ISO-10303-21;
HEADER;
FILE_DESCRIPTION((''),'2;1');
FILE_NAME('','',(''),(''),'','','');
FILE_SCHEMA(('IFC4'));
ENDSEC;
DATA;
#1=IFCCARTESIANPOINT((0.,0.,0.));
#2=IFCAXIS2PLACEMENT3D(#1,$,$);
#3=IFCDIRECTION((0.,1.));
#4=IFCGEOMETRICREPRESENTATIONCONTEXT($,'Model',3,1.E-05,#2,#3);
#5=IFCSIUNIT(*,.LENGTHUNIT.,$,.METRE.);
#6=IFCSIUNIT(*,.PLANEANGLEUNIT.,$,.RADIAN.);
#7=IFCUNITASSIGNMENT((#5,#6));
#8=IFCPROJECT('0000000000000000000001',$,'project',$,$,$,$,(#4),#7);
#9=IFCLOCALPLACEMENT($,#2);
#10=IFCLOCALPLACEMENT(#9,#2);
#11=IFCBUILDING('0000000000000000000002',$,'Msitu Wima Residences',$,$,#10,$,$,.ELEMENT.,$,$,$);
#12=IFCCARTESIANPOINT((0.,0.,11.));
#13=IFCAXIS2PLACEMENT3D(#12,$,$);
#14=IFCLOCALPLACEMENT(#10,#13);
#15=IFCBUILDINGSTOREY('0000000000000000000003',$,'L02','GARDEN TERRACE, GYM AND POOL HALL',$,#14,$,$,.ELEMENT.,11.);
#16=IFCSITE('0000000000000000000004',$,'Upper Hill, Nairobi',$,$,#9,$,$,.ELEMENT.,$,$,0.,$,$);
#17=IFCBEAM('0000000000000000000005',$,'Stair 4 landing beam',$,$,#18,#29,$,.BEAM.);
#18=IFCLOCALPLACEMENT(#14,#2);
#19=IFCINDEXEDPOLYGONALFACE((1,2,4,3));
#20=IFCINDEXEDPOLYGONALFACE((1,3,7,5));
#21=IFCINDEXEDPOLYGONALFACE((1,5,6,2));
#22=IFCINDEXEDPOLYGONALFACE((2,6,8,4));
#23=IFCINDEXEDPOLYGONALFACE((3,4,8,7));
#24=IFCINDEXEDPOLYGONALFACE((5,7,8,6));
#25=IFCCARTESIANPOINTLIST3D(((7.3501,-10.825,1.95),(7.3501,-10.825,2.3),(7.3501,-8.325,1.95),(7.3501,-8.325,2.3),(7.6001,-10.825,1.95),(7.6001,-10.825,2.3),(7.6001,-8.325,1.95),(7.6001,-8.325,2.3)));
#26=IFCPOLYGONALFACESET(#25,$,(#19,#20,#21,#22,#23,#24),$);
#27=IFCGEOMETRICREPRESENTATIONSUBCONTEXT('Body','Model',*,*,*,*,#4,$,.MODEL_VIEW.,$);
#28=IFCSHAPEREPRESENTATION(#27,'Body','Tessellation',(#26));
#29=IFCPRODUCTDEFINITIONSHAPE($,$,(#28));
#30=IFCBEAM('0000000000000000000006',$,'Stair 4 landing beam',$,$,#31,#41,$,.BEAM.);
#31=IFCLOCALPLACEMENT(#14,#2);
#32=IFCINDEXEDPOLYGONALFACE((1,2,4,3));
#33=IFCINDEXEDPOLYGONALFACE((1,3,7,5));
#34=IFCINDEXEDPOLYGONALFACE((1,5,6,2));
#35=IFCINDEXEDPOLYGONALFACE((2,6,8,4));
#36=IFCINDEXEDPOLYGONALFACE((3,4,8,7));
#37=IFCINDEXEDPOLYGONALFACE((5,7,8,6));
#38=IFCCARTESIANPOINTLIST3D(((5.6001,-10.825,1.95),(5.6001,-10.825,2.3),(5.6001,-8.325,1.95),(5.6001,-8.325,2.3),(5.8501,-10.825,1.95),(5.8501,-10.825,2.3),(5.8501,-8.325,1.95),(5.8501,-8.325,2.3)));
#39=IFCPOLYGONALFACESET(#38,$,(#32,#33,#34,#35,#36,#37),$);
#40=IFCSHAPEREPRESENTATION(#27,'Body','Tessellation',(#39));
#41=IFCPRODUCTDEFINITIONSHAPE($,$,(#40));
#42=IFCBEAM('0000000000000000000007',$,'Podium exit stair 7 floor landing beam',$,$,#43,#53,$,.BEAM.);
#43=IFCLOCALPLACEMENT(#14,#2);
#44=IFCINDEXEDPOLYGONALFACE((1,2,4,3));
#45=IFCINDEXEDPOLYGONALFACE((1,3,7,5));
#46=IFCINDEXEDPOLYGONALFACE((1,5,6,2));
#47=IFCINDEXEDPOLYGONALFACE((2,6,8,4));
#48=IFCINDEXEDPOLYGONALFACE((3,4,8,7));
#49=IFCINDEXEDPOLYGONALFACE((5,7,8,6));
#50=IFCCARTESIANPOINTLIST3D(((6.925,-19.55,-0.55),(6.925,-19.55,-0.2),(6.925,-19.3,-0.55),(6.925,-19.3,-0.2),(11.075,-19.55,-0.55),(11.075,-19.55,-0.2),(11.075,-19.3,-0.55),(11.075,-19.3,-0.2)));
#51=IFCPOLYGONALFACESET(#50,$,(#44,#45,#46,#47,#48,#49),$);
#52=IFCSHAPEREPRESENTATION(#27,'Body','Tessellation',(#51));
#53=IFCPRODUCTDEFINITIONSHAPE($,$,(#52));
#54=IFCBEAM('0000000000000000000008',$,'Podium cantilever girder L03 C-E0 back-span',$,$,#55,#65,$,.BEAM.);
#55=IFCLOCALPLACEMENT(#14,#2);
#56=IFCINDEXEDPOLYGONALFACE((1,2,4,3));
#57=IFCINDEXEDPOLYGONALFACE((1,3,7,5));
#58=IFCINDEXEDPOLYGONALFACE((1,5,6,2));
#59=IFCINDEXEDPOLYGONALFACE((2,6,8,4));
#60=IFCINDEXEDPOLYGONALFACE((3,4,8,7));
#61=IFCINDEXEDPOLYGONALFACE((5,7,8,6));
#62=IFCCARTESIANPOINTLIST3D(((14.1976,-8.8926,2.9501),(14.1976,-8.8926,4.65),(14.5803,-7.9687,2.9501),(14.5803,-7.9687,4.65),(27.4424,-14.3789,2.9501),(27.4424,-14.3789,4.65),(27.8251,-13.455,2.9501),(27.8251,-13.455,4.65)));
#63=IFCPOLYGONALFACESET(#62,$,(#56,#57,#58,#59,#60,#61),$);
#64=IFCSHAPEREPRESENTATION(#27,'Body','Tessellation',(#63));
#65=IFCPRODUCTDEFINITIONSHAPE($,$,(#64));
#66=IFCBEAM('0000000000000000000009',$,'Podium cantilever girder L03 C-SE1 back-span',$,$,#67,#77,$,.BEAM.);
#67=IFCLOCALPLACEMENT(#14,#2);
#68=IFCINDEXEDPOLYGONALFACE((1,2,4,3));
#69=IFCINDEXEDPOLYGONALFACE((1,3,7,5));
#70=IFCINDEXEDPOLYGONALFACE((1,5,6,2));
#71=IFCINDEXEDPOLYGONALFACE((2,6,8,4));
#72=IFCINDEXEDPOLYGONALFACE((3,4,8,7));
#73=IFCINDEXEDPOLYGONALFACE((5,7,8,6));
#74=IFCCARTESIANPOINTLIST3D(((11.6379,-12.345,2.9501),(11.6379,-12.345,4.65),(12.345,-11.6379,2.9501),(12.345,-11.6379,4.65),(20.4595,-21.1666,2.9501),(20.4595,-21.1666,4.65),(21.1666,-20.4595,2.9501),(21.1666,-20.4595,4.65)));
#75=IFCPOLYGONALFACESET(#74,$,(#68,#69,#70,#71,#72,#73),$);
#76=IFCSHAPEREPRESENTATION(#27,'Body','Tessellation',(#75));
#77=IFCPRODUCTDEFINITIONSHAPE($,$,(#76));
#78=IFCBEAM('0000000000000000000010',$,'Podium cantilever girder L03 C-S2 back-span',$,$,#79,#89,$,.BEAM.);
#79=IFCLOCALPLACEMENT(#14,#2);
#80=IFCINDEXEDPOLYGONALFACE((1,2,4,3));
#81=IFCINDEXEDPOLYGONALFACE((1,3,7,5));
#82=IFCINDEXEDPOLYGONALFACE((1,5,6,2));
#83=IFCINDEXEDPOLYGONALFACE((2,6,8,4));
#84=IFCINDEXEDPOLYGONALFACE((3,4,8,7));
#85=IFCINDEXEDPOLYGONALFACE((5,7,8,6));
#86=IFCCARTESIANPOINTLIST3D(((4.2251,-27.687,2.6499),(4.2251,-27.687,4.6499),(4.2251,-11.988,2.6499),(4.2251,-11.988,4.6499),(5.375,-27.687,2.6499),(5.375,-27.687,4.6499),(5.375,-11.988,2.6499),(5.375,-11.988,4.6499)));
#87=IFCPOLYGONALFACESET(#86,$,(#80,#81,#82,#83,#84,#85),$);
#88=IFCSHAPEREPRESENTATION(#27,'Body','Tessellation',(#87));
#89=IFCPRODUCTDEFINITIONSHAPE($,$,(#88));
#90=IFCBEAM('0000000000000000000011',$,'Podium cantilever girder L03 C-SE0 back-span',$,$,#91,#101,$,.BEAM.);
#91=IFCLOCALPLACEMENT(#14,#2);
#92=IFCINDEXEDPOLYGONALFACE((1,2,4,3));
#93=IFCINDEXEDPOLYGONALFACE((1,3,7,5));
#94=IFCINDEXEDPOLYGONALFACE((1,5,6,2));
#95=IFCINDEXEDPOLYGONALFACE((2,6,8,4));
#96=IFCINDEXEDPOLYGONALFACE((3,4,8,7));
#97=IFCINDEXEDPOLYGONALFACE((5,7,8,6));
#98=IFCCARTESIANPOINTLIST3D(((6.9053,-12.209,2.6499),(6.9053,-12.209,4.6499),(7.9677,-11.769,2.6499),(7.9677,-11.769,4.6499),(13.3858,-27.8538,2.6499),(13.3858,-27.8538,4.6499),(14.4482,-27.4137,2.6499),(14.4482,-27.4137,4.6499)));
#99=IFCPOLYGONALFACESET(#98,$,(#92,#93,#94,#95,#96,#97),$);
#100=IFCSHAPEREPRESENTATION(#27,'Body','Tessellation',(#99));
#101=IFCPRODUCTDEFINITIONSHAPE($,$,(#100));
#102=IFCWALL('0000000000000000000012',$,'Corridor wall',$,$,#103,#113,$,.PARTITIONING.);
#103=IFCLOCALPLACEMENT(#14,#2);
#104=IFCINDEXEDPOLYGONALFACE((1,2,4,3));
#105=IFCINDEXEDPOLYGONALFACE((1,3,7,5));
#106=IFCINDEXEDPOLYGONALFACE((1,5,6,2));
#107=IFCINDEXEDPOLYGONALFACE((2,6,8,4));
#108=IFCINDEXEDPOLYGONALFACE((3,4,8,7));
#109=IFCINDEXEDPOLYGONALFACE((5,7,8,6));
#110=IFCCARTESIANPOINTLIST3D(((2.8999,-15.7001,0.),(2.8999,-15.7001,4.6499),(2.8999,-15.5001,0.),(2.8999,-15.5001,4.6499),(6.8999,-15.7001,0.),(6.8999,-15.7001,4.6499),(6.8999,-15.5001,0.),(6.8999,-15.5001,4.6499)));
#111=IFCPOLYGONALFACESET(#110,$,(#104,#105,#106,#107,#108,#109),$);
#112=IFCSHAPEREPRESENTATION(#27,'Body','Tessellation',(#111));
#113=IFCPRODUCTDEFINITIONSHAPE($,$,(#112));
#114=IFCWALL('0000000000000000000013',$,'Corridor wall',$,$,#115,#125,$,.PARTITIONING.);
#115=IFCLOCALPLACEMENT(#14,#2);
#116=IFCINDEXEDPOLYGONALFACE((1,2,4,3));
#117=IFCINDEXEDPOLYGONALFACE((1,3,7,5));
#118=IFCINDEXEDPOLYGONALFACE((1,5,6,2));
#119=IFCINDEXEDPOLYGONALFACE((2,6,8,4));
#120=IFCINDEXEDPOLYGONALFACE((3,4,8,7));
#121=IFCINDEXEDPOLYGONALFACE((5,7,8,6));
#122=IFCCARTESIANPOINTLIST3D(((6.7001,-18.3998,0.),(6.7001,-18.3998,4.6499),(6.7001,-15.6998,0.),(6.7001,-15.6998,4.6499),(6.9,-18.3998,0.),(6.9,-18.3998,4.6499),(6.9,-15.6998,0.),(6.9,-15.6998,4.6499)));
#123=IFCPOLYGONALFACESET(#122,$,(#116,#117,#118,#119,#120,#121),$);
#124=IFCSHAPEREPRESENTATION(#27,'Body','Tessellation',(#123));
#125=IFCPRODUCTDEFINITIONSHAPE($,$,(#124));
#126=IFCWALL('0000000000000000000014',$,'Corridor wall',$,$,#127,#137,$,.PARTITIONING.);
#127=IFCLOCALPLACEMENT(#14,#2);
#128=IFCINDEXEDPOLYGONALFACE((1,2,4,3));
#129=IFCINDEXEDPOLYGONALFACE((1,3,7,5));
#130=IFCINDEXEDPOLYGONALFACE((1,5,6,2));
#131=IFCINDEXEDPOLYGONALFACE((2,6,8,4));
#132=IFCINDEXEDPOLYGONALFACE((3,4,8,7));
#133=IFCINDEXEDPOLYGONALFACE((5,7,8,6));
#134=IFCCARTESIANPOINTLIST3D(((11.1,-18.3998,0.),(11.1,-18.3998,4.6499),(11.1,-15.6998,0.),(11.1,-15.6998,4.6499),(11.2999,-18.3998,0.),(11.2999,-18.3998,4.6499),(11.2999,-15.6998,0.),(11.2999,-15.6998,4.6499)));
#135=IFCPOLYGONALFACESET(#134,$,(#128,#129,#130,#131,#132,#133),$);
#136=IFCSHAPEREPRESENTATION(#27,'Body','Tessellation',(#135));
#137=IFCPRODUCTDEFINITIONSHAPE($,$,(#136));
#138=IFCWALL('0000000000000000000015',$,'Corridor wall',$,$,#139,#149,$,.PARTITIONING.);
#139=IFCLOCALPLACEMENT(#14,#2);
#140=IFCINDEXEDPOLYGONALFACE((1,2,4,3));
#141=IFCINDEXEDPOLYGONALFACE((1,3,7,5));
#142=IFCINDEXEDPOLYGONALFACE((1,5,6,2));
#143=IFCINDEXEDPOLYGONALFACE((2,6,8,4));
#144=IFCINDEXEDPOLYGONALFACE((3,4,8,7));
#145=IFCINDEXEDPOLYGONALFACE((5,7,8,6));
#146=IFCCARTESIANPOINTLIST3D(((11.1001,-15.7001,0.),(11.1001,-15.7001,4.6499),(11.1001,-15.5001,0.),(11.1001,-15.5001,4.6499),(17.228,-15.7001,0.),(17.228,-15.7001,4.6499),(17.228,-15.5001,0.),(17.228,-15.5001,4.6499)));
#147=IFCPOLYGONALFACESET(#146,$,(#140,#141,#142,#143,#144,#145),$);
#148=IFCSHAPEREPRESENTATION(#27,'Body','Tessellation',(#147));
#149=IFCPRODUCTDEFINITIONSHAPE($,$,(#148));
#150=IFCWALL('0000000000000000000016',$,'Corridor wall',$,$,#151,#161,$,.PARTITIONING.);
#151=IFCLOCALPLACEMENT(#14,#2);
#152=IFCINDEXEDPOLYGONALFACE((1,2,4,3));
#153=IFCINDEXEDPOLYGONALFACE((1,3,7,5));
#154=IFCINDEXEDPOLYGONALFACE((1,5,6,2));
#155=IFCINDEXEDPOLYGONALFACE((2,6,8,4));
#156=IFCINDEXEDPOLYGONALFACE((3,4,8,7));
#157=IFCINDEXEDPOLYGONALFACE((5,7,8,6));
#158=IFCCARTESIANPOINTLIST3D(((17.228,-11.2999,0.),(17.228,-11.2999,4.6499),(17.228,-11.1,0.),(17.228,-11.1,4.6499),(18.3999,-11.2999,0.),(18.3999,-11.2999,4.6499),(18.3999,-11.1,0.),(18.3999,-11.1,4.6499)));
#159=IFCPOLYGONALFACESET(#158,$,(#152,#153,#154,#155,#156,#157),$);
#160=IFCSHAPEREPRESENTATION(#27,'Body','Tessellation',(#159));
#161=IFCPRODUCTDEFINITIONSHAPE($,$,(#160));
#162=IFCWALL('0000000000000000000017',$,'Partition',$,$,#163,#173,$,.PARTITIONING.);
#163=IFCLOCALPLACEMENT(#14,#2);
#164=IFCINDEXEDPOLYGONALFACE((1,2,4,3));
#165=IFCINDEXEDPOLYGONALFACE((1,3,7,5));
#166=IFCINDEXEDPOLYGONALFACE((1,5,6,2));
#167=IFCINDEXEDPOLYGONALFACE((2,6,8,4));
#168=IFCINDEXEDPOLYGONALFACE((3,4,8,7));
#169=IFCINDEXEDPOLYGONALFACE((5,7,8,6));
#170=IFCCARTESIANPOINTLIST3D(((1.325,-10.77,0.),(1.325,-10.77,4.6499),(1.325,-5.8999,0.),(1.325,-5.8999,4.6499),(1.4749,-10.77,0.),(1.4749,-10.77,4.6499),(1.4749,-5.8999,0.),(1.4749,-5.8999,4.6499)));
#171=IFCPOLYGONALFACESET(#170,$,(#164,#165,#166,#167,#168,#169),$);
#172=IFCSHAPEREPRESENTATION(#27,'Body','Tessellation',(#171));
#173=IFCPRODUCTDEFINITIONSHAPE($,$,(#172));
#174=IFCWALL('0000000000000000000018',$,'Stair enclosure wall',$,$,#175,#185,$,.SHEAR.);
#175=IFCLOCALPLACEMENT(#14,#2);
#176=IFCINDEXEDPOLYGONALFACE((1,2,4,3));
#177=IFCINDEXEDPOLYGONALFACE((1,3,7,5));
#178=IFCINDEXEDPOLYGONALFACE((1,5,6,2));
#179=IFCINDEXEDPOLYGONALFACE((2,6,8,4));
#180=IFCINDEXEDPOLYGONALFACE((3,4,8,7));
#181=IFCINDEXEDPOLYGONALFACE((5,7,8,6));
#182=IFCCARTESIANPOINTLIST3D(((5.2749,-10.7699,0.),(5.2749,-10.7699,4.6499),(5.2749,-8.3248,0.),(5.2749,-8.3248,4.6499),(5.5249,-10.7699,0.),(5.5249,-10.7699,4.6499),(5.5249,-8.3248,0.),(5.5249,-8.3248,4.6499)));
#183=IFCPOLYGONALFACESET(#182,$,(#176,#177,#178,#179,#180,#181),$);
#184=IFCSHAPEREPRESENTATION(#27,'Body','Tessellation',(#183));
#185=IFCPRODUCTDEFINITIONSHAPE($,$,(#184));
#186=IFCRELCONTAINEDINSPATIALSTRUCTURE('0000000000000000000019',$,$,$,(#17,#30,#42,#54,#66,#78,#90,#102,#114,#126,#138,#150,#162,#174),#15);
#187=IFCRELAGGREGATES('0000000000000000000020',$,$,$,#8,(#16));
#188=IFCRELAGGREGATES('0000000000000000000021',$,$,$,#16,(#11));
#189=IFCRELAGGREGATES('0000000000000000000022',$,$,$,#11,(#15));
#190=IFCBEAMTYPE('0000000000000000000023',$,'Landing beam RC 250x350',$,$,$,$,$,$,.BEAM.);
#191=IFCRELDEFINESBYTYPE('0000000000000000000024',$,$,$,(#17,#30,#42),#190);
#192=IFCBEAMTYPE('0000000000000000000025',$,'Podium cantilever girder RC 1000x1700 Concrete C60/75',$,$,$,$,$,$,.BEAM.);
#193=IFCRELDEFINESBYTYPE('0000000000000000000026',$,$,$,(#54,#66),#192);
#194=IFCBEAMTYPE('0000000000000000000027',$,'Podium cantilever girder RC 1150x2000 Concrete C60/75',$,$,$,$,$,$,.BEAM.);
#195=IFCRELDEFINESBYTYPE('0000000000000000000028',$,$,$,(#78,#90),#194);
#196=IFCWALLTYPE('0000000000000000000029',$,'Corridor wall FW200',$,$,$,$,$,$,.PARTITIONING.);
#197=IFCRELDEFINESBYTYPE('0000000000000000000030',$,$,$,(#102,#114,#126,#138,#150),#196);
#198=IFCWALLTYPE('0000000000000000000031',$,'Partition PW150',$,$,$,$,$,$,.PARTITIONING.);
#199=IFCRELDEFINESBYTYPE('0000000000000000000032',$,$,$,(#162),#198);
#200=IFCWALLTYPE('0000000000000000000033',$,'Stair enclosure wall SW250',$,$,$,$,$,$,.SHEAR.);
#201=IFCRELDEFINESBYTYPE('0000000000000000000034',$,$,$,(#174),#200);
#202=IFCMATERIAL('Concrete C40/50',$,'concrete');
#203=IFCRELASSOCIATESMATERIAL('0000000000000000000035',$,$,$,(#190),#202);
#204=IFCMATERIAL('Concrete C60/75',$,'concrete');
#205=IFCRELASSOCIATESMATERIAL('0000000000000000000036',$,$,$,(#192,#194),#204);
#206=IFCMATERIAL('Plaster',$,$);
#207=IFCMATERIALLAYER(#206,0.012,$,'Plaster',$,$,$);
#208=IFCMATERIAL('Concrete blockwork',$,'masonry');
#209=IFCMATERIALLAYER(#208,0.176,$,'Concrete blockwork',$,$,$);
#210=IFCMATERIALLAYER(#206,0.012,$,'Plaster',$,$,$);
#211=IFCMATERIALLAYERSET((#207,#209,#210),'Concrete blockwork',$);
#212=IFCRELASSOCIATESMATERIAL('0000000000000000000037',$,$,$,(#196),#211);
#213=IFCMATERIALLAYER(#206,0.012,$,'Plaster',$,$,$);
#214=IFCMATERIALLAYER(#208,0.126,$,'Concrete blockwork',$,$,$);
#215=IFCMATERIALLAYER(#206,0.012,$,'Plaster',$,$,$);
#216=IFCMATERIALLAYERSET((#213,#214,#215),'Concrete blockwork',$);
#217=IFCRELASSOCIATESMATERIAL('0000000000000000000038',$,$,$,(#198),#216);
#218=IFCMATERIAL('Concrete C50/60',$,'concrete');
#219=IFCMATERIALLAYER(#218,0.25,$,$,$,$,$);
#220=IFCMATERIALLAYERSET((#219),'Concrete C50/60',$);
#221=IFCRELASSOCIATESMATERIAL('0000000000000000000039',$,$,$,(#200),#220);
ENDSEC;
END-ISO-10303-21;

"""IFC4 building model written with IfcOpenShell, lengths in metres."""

from ifc_helpers import new_model, si_unit, direction, frame, frame_2d, origin, origin_2d, place, context, subcontext, project, spatial, rectangle, extrude, material, layer, layer_set, material_profile, profile_set, type_object, element, save


model = new_model("IFC4")

# Units and contexts
model_context = context("Model", 3, precision=1e-05, world=origin(), true_north=direction((0.0, 1.0)))
body_context = subcontext(model_context, "Body", "Model", "MODEL_VIEW")
ifc_project = project(units=[si_unit("LENGTHUNIT", "METRE"), si_unit("PLANEANGLEUNIT", "RADIAN")], contexts=[model_context])

# Site, building, storey
site_placement = place(None, origin())
site = spatial("IfcSite", under=ifc_project, at=site_placement, Name="Upper Hill, Nairobi", CompositionType="ELEMENT", RefElevation=0.0)
building_placement = place(site_placement, origin())
building = spatial("IfcBuilding", under=site, at=building_placement, Name="Msitu Wima Residences", CompositionType="ELEMENT")
storey_placement = place(building_placement, frame((0.0, 0.0, 11.0)))
storey = spatial("IfcBuildingStorey", under=building, at=storey_placement, Name="L02", Description="GARDEN TERRACE, GYM AND POOL HALL", CompositionType="ELEMENT", Elevation=11.0)

# Beams
ifc_material_1 = material(Name="Concrete C40/50", Category="concrete")
ifc_material_profile_1 = material_profile(ifc_material_1, rectangle(XDim=0.25, YDim=0.3501, at=origin_2d()), Name="RC 250x350")
ifc_profile_set_1 = profile_set([ifc_material_profile_1], Name="Concrete C40/50")
beam_type_1 = type_object("IfcBeamType", Name="Landing beam RC 250x350", PredefinedType="BEAM", material=ifc_profile_set_1)
for number, where, z_axis, x_axis, name in (
    (1, (7.4751, -10.825, 2.125), (0.0, 1.0, 0.0), (-1.0, 0.0, 0.0), "Stair 4 landing beam"),
    (2, (5.7251, -10.825, 2.125), (0.0, 1.0, 0.0), (-1.0, 0.0, 0.0), "Stair 4 landing beam"),
):
    element("IfcBeam", number, at=place(storey_placement, frame(where, z_axis=z_axis, x_axis=x_axis)), inside=storey, type_object=beam_type_1, Name=name, PredefinedType="BEAM", context=body_context, shape_type="SweptSolid", body=[
        extrude(rectangle(XDim=0.25, YDim=0.3501, at=origin_2d()), origin(), (0.0, 0.0, 1.0), 2.5),
    ])
beam_1_placement = place(storey_placement, frame((6.925, -19.425, -0.375), z_axis=(1.0, 0.0, 0.0), x_axis=(0.0, 1.0, 0.0)))
element("IfcBeam", 3, at=beam_1_placement, inside=storey, type_object=beam_type_1, Name="Podium exit stair 7 floor landing beam", PredefinedType="BEAM", context=body_context, shape_type="SweptSolid", body=[
    extrude(rectangle(XDim=0.25, YDim=0.3501, at=origin_2d()), origin(), (0.0, 0.0, 1.0), 4.1499),
])
ifc_material_2 = material(Name="Concrete C60/75", Category="concrete")
ifc_material_profile_2 = material_profile(ifc_material_2, rectangle(XDim=1.0, YDim=1.7, at=origin_2d()), Name="RC 1000x1700")
ifc_profile_set_2 = profile_set([ifc_material_profile_2], Name="Concrete C60/75")
beam_type_2 = type_object("IfcBeamType", Name="Podium cantilever girder RC 1000x1700 Concrete C60/75", PredefinedType="BEAM", material=ifc_profile_set_2)
beam_2_placement = place(storey_placement, frame((14.3889, -8.4307, 3.8), z_axis=(0.923877, -0.382691, 0.0), x_axis=(0.382691, 0.923877, 0.0)))
element("IfcBeam", 4, at=beam_2_placement, inside=storey, type_object=beam_type_2, Name="Podium cantilever girder L03 C-E0 back-span", PredefinedType="BEAM", context=body_context, shape_type="SweptSolid", body=[
    extrude(rectangle(XDim=1.0, YDim=1.7, at=origin_2d()), origin(), (0.0, 0.0, 1.0), 14.3362),
])
beam_3_placement = place(storey_placement, frame((11.9915, -11.9915, 3.8), z_axis=(0.707107, -0.707107, 0.0), x_axis=(0.707107, 0.707107, 0.0)))
element("IfcBeam", 5, at=beam_3_placement, inside=storey, type_object=beam_type_2, Name="Podium cantilever girder L03 C-SE1 back-span", PredefinedType="BEAM", context=body_context, shape_type="SweptSolid", body=[
    extrude(rectangle(XDim=1.0, YDim=1.7, at=origin_2d()), origin(), (0.0, 0.0, 1.0), 12.4756),
])
ifc_material_profile_3 = material_profile(ifc_material_2, rectangle(XDim=1.1499, YDim=2.0, at=origin_2d()), Name="RC 1150x2000")
ifc_profile_set_3 = profile_set([ifc_material_profile_3], Name="Concrete C60/75")
beam_type_3 = type_object("IfcBeamType", Name="Podium cantilever girder RC 1150x2000 Concrete C60/75", PredefinedType="BEAM", material=ifc_profile_set_3)
beam_4_placement = place(storey_placement, frame((4.8, -11.988, 3.6499), z_axis=(0.0, -1.0, 0.0), x_axis=(1.0, 0.0, 0.0)))
element("IfcBeam", 6, at=beam_4_placement, inside=storey, type_object=beam_type_3, Name="Podium cantilever girder L03 C-S2 back-span", PredefinedType="BEAM", context=body_context, shape_type="SweptSolid", body=[
    extrude(rectangle(XDim=1.1499, YDim=2.0, at=origin_2d()), origin(), (0.0, 0.0, 1.0), 15.699),
])
beam_5_placement = place(storey_placement, frame((7.4365, -11.989, 3.6499), z_axis=(0.382693, -0.923876, 0.0), x_axis=(0.923876, 0.382693, 0.0)))
element("IfcBeam", 7, at=beam_5_placement, inside=storey, type_object=beam_type_3, Name="Podium cantilever girder L03 C-SE0 back-span", PredefinedType="BEAM", context=body_context, shape_type="SweptSolid", body=[
    extrude(rectangle(XDim=1.1499, YDim=2.0, at=origin_2d()), origin(), (0.0, 0.0, 1.0), 16.9338),
])

# Walls
ifc_material_3 = material(Name="Plaster")
ifc_layer_1 = layer(ifc_material_3, 0.012, Name="Plaster")
ifc_material_4 = material(Name="Concrete blockwork", Category="masonry")
ifc_layer_2 = layer(ifc_material_4, 0.176, Name="Concrete blockwork")
ifc_layer_3 = layer(ifc_material_3, 0.012, Name="Plaster")
ifc_layer_set_1 = layer_set([ifc_layer_1, ifc_layer_2, ifc_layer_3], Name="Concrete blockwork")
wall_type_1 = type_object("IfcWallType", Name="Corridor wall FW200", PredefinedType="PARTITIONING", material=ifc_layer_set_1)
wall_1_placement = place(storey_placement, frame((2.8999, -15.6001, 0.0), z_axis=(0.0, 0.0, 1.0), x_axis=(1.0, 0.0, 0.0)))
element("IfcWall", 8, at=wall_1_placement, inside=storey, type_object=wall_type_1, Name="Corridor wall", PredefinedType="PARTITIONING", context=body_context, shape_type="SweptSolid", body=[
    extrude(rectangle(XDim=4.0, YDim=0.2, at=frame_2d((2.0, 0.0))), origin(), (0.0, 0.0, 1.0), 4.6499),
])
for number, where, z_axis, x_axis, name in (
    (9, (6.8, -18.3999, 0.0), (0.0, 0.0, 1.0), (0.0, 1.0, 0.0), "Corridor wall"),
    (10, (11.2, -18.3999, 0.0), (0.0, 0.0, 1.0), (0.0, 1.0, 0.0), "Corridor wall"),
):
    element("IfcWall", number, at=place(storey_placement, frame(where, z_axis=z_axis, x_axis=x_axis)), inside=storey, type_object=wall_type_1, Name=name, PredefinedType="PARTITIONING", context=body_context, shape_type="SweptSolid", body=[
        extrude(rectangle(XDim=2.7, YDim=0.2, at=frame_2d((1.3501, 0.0))), origin(), (0.0, 0.0, 1.0), 4.6499),
    ])
wall_2_placement = place(storey_placement, frame((11.1001, -15.6001, 0.0), z_axis=(0.0, 0.0, 1.0), x_axis=(1.0, 0.0, 0.0)))
element("IfcWall", 11, at=wall_2_placement, inside=storey, type_object=wall_type_1, Name="Corridor wall", PredefinedType="PARTITIONING", context=body_context, shape_type="SweptSolid", body=[
    extrude(rectangle(XDim=6.1279, YDim=0.2, at=frame_2d((3.064, 0.0))), origin(), (0.0, 0.0, 1.0), 4.6499),
])

# Walls
wall_3_placement = place(storey_placement, frame((17.228, -11.2, 0.0), z_axis=(0.0, 0.0, 1.0), x_axis=(1.0, 0.0, 0.0)))
element("IfcWall", 12, at=wall_3_placement, inside=storey, type_object=wall_type_1, Name="Corridor wall", PredefinedType="PARTITIONING", context=body_context, shape_type="SweptSolid", body=[
    extrude(rectangle(XDim=1.1719, YDim=0.2, at=frame_2d((0.5859, 0.0))), origin(), (0.0, 0.0, 1.0), 4.6499),
])
ifc_layer_4 = layer(ifc_material_3, 0.012, Name="Plaster")
ifc_layer_5 = layer(ifc_material_4, 0.126, Name="Concrete blockwork")
ifc_layer_6 = layer(ifc_material_3, 0.012, Name="Plaster")
ifc_layer_set_2 = layer_set([ifc_layer_4, ifc_layer_5, ifc_layer_6], Name="Concrete blockwork")
wall_type_2 = type_object("IfcWallType", Name="Partition PW150", PredefinedType="PARTITIONING", material=ifc_layer_set_2)
wall_4_placement = place(storey_placement, frame((1.3999, -10.77, 0.0), z_axis=(0.0, 0.0, 1.0), x_axis=(0.0, 1.0, 0.0)))
element("IfcWall", 13, at=wall_4_placement, inside=storey, type_object=wall_type_2, Name="Partition", PredefinedType="PARTITIONING", context=body_context, shape_type="SweptSolid", body=[
    extrude(rectangle(XDim=4.8701, YDim=0.1499, at=frame_2d((2.4351, 0.0))), origin(), (0.0, 0.0, 1.0), 4.6499),
])
ifc_material_5 = material(Name="Concrete C50/60", Category="concrete")
ifc_layer_7 = layer(ifc_material_5, 0.25)
ifc_layer_set_3 = layer_set([ifc_layer_7], Name="Concrete C50/60")
wall_type_3 = type_object("IfcWallType", Name="Stair enclosure wall SW250", PredefinedType="SHEAR", material=ifc_layer_set_3)
wall_5_placement = place(storey_placement, frame((5.3999, -10.77, 0.0), z_axis=(0.0, 0.0, 1.0), x_axis=(0.0, 1.0, 0.0)))
element("IfcWall", 14, at=wall_5_placement, inside=storey, type_object=wall_type_3, Name="Stair enclosure wall", PredefinedType="SHEAR", context=body_context, shape_type="SweptSolid", body=[
    extrude(rectangle(XDim=2.4451, YDim=0.25, at=frame_2d((1.2227, 0.0))), origin(), (0.0, 0.0, 1.0), 4.6499),
])

save(model, "model.ifc")
